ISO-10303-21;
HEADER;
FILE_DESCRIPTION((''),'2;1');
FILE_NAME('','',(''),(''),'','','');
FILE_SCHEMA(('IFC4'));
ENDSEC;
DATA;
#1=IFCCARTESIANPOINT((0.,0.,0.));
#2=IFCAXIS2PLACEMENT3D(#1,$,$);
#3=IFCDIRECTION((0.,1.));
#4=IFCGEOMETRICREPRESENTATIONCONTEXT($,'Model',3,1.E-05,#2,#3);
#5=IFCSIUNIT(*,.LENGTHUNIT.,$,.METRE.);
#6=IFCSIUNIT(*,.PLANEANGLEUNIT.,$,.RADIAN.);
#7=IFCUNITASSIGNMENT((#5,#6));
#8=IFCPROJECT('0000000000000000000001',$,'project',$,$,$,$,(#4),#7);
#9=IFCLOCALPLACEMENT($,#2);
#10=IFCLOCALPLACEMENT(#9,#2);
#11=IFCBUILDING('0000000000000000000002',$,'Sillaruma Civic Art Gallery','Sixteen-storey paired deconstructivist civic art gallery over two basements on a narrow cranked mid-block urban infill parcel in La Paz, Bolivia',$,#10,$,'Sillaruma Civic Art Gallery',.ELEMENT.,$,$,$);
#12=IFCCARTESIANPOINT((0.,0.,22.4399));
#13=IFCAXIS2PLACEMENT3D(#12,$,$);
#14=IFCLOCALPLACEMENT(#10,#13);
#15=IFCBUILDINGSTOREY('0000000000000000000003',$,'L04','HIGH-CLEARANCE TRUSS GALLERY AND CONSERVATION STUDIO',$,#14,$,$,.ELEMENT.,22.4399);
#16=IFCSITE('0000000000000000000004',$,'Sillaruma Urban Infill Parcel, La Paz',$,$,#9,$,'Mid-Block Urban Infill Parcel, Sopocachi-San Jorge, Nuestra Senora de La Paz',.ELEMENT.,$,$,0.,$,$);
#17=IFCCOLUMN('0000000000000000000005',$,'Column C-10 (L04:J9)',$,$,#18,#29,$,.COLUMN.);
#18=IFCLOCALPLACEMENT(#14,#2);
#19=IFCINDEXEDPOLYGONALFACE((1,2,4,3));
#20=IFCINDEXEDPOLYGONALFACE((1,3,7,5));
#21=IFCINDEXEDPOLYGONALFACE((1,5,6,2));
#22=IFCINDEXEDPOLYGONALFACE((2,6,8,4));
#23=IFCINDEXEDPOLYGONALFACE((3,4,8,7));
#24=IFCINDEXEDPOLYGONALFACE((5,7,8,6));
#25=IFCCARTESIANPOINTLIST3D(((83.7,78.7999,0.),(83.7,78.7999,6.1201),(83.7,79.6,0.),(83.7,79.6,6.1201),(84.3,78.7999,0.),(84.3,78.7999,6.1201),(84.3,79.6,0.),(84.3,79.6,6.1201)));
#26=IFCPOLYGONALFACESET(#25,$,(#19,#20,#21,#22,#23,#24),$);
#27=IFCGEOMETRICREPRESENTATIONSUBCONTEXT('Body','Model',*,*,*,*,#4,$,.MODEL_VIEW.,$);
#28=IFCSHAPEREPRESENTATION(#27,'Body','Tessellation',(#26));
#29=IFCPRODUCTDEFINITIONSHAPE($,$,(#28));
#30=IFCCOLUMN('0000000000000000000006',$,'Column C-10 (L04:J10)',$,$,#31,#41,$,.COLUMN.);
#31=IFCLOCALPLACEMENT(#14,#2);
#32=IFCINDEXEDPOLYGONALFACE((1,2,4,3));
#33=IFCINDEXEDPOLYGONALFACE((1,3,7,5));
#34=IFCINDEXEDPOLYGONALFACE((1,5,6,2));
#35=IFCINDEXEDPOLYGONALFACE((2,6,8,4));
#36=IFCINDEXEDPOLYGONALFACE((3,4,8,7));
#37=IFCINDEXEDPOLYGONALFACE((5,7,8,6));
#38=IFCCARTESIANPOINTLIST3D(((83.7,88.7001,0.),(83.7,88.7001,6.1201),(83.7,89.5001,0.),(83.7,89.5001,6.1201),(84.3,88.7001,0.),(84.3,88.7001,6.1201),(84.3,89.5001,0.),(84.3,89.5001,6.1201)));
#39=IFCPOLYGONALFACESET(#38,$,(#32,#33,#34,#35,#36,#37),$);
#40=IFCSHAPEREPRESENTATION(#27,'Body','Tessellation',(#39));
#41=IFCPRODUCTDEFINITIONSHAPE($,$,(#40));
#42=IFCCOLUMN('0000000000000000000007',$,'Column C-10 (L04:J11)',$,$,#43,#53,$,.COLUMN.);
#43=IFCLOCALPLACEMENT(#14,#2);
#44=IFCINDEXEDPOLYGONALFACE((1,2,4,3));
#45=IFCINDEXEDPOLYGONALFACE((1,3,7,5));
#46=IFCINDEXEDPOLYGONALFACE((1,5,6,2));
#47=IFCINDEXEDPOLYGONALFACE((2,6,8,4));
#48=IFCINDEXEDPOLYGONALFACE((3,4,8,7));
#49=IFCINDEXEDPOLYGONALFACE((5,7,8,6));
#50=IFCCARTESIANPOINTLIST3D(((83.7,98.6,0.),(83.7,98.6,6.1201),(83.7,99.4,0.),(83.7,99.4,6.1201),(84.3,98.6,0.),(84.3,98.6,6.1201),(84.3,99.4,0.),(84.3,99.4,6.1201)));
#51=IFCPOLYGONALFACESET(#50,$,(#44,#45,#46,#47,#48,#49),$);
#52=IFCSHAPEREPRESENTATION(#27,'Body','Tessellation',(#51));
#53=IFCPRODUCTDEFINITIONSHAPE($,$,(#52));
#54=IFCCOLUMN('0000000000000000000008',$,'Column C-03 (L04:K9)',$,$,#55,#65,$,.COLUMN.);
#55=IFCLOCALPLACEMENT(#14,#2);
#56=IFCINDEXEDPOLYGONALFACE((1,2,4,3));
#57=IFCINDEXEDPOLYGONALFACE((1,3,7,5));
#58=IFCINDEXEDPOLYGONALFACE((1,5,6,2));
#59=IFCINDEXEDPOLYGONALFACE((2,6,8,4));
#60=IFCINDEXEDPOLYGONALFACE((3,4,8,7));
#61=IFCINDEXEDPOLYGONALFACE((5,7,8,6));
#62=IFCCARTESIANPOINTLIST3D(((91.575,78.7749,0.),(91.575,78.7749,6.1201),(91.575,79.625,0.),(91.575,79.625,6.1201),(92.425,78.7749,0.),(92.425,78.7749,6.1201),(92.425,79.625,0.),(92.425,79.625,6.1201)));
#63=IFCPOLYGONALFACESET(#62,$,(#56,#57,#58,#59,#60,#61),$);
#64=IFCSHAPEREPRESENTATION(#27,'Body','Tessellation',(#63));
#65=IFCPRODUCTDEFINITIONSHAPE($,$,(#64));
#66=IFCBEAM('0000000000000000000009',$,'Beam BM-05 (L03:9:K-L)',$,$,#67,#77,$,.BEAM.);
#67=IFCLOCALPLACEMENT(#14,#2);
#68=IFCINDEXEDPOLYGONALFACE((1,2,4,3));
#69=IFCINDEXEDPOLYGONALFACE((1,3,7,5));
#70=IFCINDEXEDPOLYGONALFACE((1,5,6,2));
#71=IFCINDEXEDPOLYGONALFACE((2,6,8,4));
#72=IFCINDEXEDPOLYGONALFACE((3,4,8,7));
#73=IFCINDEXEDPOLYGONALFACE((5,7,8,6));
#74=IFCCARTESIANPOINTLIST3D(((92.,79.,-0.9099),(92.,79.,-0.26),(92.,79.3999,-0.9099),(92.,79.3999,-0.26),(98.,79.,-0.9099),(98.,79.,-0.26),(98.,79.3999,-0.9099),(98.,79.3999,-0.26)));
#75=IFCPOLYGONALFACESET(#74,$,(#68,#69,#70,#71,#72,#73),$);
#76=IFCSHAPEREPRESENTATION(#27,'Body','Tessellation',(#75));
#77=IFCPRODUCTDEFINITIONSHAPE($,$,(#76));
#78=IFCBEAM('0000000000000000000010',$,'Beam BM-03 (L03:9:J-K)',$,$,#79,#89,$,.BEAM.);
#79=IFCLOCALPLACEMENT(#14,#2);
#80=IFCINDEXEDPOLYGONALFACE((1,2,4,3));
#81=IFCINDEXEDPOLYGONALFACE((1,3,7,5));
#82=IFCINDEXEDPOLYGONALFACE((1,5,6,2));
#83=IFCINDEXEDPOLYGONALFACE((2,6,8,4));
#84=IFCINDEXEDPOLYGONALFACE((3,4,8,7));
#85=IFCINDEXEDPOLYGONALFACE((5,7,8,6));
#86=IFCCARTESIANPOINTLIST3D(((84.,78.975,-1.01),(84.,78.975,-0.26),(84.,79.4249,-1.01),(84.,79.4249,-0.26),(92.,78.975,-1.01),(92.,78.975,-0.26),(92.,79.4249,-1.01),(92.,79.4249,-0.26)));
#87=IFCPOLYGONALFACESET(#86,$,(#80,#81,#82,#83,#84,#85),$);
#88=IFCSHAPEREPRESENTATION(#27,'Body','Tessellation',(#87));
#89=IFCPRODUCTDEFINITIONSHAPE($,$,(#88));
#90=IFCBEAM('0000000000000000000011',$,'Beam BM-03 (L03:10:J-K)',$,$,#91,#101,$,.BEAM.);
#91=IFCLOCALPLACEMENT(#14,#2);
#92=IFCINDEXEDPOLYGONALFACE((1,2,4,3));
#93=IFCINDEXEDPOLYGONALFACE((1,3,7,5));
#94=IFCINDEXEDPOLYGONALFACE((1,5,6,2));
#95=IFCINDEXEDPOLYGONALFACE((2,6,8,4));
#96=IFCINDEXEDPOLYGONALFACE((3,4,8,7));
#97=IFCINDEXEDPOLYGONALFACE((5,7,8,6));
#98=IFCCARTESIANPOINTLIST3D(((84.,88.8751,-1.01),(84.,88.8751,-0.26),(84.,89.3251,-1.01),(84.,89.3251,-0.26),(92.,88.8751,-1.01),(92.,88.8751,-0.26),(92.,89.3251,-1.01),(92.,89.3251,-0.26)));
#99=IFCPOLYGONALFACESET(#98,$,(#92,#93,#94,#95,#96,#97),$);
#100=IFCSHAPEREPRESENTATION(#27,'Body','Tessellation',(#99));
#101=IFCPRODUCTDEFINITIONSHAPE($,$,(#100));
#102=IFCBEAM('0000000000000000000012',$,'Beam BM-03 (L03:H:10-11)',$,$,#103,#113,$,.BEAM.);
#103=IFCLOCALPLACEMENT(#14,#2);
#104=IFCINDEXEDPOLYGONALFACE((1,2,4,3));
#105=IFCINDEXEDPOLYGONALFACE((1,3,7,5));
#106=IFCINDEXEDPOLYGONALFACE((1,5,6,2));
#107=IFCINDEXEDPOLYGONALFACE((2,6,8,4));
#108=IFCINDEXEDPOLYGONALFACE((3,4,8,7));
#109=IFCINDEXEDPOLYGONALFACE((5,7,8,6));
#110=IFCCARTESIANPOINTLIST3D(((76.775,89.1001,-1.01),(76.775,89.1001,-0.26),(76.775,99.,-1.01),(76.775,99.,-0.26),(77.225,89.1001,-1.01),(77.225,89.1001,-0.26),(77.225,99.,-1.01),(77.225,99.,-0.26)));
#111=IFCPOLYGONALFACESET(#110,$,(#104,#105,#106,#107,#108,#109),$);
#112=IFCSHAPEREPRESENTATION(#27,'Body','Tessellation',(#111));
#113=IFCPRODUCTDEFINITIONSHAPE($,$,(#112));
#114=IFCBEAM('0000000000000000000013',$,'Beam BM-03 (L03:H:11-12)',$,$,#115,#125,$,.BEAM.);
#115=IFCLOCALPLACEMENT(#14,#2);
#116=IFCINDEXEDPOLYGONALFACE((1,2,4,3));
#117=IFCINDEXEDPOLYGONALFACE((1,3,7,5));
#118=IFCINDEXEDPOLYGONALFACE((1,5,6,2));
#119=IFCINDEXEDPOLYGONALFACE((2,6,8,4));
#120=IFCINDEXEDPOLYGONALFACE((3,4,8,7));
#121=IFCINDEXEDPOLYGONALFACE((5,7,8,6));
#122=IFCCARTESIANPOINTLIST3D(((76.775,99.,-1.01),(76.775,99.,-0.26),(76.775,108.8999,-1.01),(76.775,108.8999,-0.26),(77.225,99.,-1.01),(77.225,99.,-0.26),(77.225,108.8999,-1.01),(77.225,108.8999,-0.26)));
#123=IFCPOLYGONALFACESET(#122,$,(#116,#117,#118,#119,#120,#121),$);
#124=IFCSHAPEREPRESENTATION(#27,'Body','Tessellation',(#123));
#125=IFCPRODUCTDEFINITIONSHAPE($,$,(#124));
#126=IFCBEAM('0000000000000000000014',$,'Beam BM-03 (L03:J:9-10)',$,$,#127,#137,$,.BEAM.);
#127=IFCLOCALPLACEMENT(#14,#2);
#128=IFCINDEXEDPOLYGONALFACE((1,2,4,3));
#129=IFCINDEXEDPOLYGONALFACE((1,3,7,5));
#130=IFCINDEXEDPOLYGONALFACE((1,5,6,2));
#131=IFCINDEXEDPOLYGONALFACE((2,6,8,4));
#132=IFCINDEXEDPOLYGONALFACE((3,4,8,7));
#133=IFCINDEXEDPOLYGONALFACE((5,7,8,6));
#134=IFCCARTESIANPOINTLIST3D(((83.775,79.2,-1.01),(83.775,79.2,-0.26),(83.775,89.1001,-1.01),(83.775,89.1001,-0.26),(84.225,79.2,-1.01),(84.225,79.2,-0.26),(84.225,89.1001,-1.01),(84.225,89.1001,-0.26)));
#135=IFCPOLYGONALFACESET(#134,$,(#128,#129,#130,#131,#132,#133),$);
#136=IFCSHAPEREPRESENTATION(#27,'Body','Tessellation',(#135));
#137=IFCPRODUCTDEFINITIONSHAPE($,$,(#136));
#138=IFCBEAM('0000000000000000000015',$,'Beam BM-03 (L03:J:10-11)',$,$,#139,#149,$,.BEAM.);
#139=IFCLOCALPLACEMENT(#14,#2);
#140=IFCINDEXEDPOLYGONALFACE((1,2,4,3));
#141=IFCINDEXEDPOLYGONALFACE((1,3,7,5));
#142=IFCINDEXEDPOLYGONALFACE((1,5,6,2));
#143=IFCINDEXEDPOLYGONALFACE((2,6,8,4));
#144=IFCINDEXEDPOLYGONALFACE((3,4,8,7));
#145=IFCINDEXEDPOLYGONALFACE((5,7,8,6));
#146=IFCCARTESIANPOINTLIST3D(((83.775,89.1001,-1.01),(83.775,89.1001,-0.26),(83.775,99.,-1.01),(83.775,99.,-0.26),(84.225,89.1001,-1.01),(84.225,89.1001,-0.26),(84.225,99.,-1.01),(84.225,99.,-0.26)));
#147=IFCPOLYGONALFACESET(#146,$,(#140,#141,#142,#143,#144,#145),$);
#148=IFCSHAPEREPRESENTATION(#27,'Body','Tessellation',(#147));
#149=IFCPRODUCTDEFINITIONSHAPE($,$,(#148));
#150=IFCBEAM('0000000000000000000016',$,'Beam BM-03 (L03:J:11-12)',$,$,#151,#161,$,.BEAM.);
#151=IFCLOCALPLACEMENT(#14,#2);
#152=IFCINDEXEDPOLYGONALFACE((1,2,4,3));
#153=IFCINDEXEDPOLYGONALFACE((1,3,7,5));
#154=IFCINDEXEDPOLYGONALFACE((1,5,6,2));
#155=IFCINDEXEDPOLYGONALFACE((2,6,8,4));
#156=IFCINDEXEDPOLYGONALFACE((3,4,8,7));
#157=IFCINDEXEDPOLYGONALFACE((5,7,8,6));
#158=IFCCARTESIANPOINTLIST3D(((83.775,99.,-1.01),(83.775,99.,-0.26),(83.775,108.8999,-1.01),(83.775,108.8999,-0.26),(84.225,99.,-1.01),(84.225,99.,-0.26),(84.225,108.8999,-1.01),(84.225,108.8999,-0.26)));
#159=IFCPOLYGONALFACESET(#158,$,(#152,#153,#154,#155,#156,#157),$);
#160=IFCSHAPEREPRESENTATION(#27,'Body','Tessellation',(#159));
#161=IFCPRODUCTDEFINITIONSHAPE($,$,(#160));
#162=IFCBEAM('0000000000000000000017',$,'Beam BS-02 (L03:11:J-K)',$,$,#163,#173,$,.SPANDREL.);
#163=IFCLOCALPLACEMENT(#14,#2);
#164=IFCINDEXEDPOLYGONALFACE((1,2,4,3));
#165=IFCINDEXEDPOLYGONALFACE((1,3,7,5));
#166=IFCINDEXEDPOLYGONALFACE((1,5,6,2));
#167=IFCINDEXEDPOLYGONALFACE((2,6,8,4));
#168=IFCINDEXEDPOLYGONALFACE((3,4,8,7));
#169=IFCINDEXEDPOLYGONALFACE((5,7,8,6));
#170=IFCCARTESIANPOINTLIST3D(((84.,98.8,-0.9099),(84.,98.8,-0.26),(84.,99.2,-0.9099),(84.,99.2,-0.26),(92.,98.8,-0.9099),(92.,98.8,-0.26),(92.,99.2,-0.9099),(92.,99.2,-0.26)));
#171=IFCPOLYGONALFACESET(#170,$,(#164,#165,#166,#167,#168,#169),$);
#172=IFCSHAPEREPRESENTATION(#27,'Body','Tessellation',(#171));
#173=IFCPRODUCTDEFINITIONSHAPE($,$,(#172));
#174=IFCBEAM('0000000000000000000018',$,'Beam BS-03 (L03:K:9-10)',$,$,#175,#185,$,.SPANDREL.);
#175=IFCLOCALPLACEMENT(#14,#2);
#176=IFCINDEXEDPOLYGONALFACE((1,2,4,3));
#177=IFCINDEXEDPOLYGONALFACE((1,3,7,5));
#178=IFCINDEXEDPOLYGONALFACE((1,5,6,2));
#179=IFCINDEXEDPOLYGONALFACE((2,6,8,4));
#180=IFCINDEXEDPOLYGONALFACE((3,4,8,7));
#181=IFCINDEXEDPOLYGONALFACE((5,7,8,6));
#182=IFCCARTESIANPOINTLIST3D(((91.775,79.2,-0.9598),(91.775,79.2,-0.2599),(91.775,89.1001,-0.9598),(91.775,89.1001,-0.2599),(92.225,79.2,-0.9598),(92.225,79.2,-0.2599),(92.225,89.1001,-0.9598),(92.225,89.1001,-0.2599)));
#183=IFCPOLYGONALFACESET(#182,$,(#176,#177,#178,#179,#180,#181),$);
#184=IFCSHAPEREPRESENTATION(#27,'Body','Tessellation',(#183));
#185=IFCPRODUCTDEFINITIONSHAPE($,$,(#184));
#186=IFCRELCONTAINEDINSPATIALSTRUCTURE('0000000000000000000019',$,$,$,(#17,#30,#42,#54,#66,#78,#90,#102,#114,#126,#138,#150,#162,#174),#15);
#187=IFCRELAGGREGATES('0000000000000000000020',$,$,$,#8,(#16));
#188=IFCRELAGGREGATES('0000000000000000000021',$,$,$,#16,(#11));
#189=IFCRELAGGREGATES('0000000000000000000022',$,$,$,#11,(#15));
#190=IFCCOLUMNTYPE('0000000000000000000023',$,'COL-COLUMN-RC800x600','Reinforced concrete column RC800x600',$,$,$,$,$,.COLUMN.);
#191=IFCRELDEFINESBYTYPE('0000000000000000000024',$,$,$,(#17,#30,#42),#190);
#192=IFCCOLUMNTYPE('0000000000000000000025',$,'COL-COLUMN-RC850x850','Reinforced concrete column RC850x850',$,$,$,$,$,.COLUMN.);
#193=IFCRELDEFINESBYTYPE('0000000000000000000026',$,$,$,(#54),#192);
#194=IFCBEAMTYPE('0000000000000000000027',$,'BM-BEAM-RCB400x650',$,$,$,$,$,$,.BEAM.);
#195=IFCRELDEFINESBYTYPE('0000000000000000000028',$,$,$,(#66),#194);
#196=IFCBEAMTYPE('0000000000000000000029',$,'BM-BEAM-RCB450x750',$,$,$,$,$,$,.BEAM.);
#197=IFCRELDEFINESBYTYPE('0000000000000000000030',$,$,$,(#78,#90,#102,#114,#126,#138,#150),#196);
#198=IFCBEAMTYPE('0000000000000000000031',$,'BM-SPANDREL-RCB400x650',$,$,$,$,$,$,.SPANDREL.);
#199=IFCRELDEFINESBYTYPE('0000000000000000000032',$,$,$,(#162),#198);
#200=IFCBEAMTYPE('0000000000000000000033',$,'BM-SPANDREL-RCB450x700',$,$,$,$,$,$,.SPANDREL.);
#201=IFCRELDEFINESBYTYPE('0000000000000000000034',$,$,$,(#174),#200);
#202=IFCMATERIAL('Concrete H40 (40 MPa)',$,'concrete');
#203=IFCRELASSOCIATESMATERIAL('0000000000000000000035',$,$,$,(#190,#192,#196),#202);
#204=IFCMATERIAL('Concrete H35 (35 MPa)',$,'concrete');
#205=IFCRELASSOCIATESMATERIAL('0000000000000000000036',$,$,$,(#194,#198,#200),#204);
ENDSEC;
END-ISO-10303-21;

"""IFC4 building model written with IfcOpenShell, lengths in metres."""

from ifc_helpers import new_model, si_unit, direction, frame, origin, origin_2d, place, context, subcontext, project, spatial, rectangle, extrude, material, material_profile, profile_set, type_object, element, save


model = new_model("IFC4")

# Units and contexts
model_context = context("Model", 3, precision=1e-05, world=origin(), true_north=direction((0.0, 1.0)))
body_context = subcontext(model_context, "Body", "Model", "MODEL_VIEW")
ifc_project = project(units=[si_unit("LENGTHUNIT", "METRE"), si_unit("PLANEANGLEUNIT", "RADIAN")], contexts=[model_context])

# Site, building, storey
site_placement = place(None, origin())
site = spatial("IfcSite", under=ifc_project, at=site_placement, Name="Sillaruma Urban Infill Parcel, La Paz", LongName="Mid-Block Urban Infill Parcel, Sopocachi-San Jorge, Nuestra Senora de La Paz", CompositionType="ELEMENT", RefElevation=0.0)
building_placement = place(site_placement, origin())
building = spatial("IfcBuilding", under=site, at=building_placement, Name="Sillaruma Civic Art Gallery", Description="Sixteen-storey paired deconstructivist civic art gallery over two basements on a narrow cranked mid-block urban infill parcel in La Paz, Bolivia", LongName="Sillaruma Civic Art Gallery", CompositionType="ELEMENT")
storey_placement = place(building_placement, frame((0.0, 0.0, 22.4399)))
storey = spatial("IfcBuildingStorey", under=building, at=storey_placement, Name="L04", Description="HIGH-CLEARANCE TRUSS GALLERY AND CONSERVATION STUDIO", CompositionType="ELEMENT", Elevation=22.4399)

# Columns
ifc_material_1 = material(Name="Concrete H40 (40 MPa)", Category="concrete")
ifc_material_profile_1 = material_profile(ifc_material_1, rectangle(XDim=0.6001, YDim=0.8, at=origin_2d()), Name="RC800x600")
ifc_profile_set_1 = profile_set([ifc_material_profile_1], Name="Concrete H40 (40 MPa)")
column_type_1 = type_object("IfcColumnType", Name="COL-COLUMN-RC800x600", Description="Reinforced concrete column RC800x600", PredefinedType="COLUMN", material=ifc_profile_set_1)
for number, where, z_axis, x_axis, name in (
    (1, (84.0, 79.2, 0.0), (0.0, 0.0, 1.0), (1.0, 0.0, 0.0), "Column C-10 (L04:J9)"),
    (2, (84.0, 89.1001, 0.0), (0.0, 0.0, 1.0), (1.0, 0.0, 0.0), "Column C-10 (L04:J10)"),
    (3, (84.0, 99.0, 0.0), (0.0, 0.0, 1.0), (1.0, 0.0, 0.0), "Column C-10 (L04:J11)"),
):
    element("IfcColumn", number, at=place(storey_placement, frame(where, z_axis=z_axis, x_axis=x_axis)), inside=storey, type_object=column_type_1, Name=name, PredefinedType="COLUMN", context=body_context, shape_type="SweptSolid", body=[
        extrude(rectangle(XDim=0.6001, YDim=0.8, at=origin_2d()), origin(), (0.0, 0.0, 1.0), 6.1201),
    ])
ifc_material_profile_2 = material_profile(ifc_material_1, rectangle(XDim=0.8501, YDim=0.8501, at=origin_2d()), Name="RC850x850")
ifc_profile_set_2 = profile_set([ifc_material_profile_2], Name="Concrete H40 (40 MPa)")
column_type_2 = type_object("IfcColumnType", Name="COL-COLUMN-RC850x850", Description="Reinforced concrete column RC850x850", PredefinedType="COLUMN", material=ifc_profile_set_2)
column_placement = place(storey_placement, frame((92.0, 79.2, 0.0), z_axis=(0.0, 0.0, 1.0), x_axis=(1.0, 0.0, 0.0)))
element("IfcColumn", 4, at=column_placement, inside=storey, type_object=column_type_2, Name="Column C-03 (L04:K9)", PredefinedType="COLUMN", context=body_context, shape_type="SweptSolid", body=[
    extrude(rectangle(XDim=0.8501, YDim=0.8501, at=origin_2d()), origin(), (0.0, 0.0, 1.0), 6.1201),
])

# Beams
ifc_material_2 = material(Name="Concrete H35 (35 MPa)", Category="concrete")
ifc_material_profile_3 = material_profile(ifc_material_2, rectangle(XDim=0.3999, YDim=0.6499, at=origin_2d()), Name="RCB400x650")
ifc_profile_set_3 = profile_set([ifc_material_profile_3], Name="Concrete H35 (35 MPa)")
beam_type_1 = type_object("IfcBeamType", Name="BM-BEAM-RCB400x650", PredefinedType="BEAM", material=ifc_profile_set_3)
beam_1_placement = place(storey_placement, frame((92.0, 79.2, -0.585), z_axis=(1.0, 0.0, 0.0), x_axis=(0.0, 1.0, 0.0)))
element("IfcBeam", 5, at=beam_1_placement, inside=storey, type_object=beam_type_1, Name="Beam BM-05 (L03:9:K-L)", PredefinedType="BEAM", context=body_context, shape_type="SweptSolid", body=[
    extrude(rectangle(XDim=0.3999, YDim=0.6499, at=origin_2d()), origin(), (0.0, 0.0, 1.0), 6.0),
])
ifc_material_profile_4 = material_profile(ifc_material_1, rectangle(XDim=0.45, YDim=0.75, at=origin_2d()), Name="RCB450x750")
ifc_profile_set_4 = profile_set([ifc_material_profile_4], Name="Concrete H40 (40 MPa)")
beam_type_2 = type_object("IfcBeamType", Name="BM-BEAM-RCB450x750", PredefinedType="BEAM", material=ifc_profile_set_4)
for number, where, z_axis, x_axis, name in (
    (6, (84.0, 79.2, -0.635), (1.0, 0.0, 0.0), (0.0, 1.0, 0.0), "Beam BM-03 (L03:9:J-K)"),
    (7, (84.0, 89.1001, -0.635), (1.0, 0.0, 0.0), (0.0, 1.0, 0.0), "Beam BM-03 (L03:10:J-K)"),
):
    element("IfcBeam", number, at=place(storey_placement, frame(where, z_axis=z_axis, x_axis=x_axis)), inside=storey, type_object=beam_type_2, Name=name, PredefinedType="BEAM", context=body_context, shape_type="SweptSolid", body=[
        extrude(rectangle(XDim=0.45, YDim=0.75, at=origin_2d()), origin(), (0.0, 0.0, 1.0), 8.0),
    ])
for number, where, z_axis, x_axis, name in (
    (8, (77.0, 89.1001, -0.635), (0.0, 1.0, 0.0), (-1.0, 0.0, 0.0), "Beam BM-03 (L03:H:10-11)"),
    (9, (77.0, 99.0, -0.635), (0.0, 1.0, 0.0), (-1.0, 0.0, 0.0), "Beam BM-03 (L03:H:11-12)"),
):
    element("IfcBeam", number, at=place(storey_placement, frame(where, z_axis=z_axis, x_axis=x_axis)), inside=storey, type_object=beam_type_2, Name=name, PredefinedType="BEAM", context=body_context, shape_type="SweptSolid", body=[
        extrude(rectangle(XDim=0.45, YDim=0.75, at=origin_2d()), origin(), (0.0, 0.0, 1.0), 9.8999),
    ])
beam_2_placement = place(storey_placement, frame((84.0, 79.2, -0.635), z_axis=(0.0, 1.0, 0.0), x_axis=(-1.0, 0.0, 0.0)))
element("IfcBeam", 10, at=beam_2_placement, inside=storey, type_object=beam_type_2, Name="Beam BM-03 (L03:J:9-10)", PredefinedType="BEAM", context=body_context, shape_type="SweptSolid", body=[
    extrude(rectangle(XDim=0.45, YDim=0.75, at=origin_2d()), origin(), (0.0, 0.0, 1.0), 9.9001),
])
for number, where, z_axis, x_axis, name in (
    (11, (84.0, 89.1001, -0.635), (0.0, 1.0, 0.0), (-1.0, 0.0, 0.0), "Beam BM-03 (L03:J:10-11)"),
    (12, (84.0, 99.0, -0.635), (0.0, 1.0, 0.0), (-1.0, 0.0, 0.0), "Beam BM-03 (L03:J:11-12)"),
):
    element("IfcBeam", number, at=place(storey_placement, frame(where, z_axis=z_axis, x_axis=x_axis)), inside=storey, type_object=beam_type_2, Name=name, PredefinedType="BEAM", context=body_context, shape_type="SweptSolid", body=[
        extrude(rectangle(XDim=0.45, YDim=0.75, at=origin_2d()), origin(), (0.0, 0.0, 1.0), 9.8999),
    ])
ifc_material_profile_5 = material_profile(ifc_material_2, rectangle(XDim=0.3999, YDim=0.6499, at=origin_2d()), Name="RCB400x650")
ifc_profile_set_5 = profile_set([ifc_material_profile_5], Name="Concrete H35 (35 MPa)")
beam_type_3 = type_object("IfcBeamType", Name="BM-SPANDREL-RCB400x650", PredefinedType="SPANDREL", material=ifc_profile_set_5)
beam_3_placement = place(storey_placement, frame((84.0, 99.0, -0.585), z_axis=(1.0, 0.0, 0.0), x_axis=(0.0, 1.0, 0.0)))
element("IfcBeam", 13, at=beam_3_placement, inside=storey, type_object=beam_type_3, Name="Beam BS-02 (L03:11:J-K)", PredefinedType="SPANDREL", context=body_context, shape_type="SweptSolid", body=[
    extrude(rectangle(XDim=0.3999, YDim=0.6499, at=origin_2d()), origin(), (0.0, 0.0, 1.0), 8.0),
])
ifc_material_profile_6 = material_profile(ifc_material_2, rectangle(XDim=0.45, YDim=0.7, at=origin_2d()), Name="RCB450x700")
ifc_profile_set_6 = profile_set([ifc_material_profile_6], Name="Concrete H35 (35 MPa)")
beam_type_4 = type_object("IfcBeamType", Name="BM-SPANDREL-RCB450x700", PredefinedType="SPANDREL", material=ifc_profile_set_6)
beam_4_placement = place(storey_placement, frame((92.0, 79.2, -0.6099), z_axis=(0.0, 1.0, 0.0), x_axis=(-1.0, 0.0, 0.0)))
element("IfcBeam", 14, at=beam_4_placement, inside=storey, type_object=beam_type_4, Name="Beam BS-03 (L03:K:9-10)", PredefinedType="SPANDREL", context=body_context, shape_type="SweptSolid", body=[
    extrude(rectangle(XDim=0.45, YDim=0.7, at=origin_2d()), origin(), (0.0, 0.0, 1.0), 9.9001),
])

save(model, "model.ifc")
